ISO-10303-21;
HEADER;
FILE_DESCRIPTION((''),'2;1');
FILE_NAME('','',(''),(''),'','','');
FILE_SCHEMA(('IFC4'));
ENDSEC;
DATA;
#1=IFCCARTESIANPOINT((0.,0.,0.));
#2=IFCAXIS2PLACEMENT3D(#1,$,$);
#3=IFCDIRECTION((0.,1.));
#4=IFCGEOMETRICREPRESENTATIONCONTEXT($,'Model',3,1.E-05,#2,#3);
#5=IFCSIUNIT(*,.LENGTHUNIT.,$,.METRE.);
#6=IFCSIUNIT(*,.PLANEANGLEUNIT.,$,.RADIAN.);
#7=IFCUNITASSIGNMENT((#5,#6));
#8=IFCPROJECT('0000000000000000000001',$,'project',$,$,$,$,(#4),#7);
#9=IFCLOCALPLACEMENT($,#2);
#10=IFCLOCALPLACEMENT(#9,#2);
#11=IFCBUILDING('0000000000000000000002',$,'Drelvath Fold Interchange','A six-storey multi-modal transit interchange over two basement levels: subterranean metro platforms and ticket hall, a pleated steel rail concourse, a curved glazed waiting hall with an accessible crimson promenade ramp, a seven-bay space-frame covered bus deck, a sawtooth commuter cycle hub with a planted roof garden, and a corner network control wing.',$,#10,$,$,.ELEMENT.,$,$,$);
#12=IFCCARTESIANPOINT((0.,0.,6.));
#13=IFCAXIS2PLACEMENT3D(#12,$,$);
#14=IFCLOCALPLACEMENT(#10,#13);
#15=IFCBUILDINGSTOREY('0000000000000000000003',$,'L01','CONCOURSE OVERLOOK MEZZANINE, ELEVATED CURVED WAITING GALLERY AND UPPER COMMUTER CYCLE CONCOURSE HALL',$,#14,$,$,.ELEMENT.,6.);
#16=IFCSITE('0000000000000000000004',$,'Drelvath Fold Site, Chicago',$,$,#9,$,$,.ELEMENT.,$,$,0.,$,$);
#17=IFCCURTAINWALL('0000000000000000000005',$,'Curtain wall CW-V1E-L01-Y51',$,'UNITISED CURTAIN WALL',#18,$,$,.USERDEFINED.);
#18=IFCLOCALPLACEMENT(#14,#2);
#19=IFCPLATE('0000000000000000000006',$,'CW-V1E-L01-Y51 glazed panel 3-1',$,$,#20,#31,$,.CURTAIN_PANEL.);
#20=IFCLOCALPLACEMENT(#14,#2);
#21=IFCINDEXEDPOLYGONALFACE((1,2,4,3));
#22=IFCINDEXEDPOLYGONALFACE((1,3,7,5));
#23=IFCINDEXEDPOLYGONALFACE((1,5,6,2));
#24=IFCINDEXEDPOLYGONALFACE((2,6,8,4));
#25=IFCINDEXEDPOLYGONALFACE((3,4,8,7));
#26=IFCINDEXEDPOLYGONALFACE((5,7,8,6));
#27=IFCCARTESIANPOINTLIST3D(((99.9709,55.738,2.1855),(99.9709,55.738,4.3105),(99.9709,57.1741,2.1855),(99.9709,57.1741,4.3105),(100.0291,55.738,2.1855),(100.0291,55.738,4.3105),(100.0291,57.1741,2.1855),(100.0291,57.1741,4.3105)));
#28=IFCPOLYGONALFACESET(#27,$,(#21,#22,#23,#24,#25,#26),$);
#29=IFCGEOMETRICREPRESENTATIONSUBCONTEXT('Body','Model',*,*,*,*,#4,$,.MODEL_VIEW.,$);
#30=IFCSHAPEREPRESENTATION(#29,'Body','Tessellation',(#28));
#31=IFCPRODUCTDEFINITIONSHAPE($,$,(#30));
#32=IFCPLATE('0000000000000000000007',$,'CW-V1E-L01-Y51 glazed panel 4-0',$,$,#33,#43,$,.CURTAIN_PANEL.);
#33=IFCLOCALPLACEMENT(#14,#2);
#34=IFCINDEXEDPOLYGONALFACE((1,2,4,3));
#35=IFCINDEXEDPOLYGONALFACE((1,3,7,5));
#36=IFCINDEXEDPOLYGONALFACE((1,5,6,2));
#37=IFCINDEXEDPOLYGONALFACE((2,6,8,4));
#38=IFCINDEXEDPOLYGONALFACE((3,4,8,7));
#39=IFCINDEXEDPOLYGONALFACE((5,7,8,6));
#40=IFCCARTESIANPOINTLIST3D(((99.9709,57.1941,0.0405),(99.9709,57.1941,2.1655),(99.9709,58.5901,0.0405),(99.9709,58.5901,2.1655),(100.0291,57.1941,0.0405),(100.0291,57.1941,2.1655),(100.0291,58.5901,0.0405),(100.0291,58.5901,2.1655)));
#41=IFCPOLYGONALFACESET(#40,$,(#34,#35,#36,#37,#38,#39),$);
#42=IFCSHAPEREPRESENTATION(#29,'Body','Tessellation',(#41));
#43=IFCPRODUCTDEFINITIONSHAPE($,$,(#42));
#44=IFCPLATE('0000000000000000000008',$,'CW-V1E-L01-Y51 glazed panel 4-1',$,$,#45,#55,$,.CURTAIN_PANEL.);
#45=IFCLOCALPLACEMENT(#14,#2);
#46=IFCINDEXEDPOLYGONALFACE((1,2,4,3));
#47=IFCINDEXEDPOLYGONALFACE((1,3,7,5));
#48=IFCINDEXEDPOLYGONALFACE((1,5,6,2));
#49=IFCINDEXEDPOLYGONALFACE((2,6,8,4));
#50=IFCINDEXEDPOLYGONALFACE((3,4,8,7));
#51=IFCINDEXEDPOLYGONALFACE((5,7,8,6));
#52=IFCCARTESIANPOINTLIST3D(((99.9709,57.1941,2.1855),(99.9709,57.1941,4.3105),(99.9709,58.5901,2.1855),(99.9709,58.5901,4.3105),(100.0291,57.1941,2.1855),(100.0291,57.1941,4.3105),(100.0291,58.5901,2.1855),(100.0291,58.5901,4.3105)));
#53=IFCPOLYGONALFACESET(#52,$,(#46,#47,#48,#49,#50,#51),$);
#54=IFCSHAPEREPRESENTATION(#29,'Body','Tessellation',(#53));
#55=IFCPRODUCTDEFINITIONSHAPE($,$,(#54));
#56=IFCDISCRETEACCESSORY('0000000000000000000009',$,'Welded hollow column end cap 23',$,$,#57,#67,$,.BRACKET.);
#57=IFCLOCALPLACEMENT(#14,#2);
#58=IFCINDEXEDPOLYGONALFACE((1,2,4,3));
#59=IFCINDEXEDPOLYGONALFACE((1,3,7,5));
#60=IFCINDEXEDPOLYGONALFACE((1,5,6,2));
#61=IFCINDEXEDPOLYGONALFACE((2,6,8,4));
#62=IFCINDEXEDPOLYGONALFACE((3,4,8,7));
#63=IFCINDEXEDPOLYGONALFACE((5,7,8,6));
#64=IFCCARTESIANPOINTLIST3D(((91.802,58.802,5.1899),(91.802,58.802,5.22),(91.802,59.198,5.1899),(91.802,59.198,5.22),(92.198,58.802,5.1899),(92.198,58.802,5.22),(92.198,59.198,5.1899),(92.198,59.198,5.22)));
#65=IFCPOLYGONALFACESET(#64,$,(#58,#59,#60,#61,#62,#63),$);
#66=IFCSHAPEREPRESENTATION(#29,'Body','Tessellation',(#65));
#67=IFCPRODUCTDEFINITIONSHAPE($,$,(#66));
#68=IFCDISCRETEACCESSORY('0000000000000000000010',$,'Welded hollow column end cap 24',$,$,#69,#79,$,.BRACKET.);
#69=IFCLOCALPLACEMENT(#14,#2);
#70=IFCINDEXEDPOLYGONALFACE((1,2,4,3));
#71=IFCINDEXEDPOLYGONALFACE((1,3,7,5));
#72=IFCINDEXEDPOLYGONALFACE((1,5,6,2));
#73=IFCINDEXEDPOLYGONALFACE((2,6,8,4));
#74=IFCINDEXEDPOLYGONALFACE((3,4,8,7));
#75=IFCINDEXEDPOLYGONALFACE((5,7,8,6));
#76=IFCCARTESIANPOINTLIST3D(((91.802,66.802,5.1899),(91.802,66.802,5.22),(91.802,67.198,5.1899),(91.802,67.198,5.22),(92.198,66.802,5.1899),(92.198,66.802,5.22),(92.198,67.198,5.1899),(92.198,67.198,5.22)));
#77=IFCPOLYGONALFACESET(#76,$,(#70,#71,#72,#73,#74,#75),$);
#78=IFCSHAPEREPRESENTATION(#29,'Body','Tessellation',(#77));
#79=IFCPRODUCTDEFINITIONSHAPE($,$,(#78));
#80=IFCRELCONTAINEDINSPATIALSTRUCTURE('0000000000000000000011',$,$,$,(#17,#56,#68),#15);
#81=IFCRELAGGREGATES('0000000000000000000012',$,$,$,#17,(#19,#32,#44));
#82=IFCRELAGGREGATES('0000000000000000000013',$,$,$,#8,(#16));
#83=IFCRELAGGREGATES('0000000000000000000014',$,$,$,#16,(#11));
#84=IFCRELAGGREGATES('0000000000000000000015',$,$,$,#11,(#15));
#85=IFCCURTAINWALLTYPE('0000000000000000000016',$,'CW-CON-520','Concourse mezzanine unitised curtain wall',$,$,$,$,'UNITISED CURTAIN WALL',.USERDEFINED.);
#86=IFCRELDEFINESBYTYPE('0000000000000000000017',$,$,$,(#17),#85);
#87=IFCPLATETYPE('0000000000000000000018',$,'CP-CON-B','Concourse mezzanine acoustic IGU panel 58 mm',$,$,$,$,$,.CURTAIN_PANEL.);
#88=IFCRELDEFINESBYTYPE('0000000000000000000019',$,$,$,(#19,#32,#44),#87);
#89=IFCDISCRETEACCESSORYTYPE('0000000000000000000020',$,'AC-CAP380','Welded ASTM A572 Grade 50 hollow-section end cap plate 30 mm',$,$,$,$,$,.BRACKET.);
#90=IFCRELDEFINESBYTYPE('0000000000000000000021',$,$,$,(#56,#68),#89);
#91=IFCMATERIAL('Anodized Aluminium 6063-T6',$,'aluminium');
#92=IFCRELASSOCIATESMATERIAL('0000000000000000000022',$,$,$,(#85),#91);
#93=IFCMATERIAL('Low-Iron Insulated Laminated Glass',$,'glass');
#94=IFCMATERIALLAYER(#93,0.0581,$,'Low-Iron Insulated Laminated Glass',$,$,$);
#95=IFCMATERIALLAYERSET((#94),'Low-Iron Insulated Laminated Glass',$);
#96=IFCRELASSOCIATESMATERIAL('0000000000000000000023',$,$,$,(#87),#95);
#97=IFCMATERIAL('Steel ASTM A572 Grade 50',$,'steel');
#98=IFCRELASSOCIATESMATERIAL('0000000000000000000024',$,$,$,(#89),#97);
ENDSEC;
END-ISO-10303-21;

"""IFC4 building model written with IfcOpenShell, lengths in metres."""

from ifc_helpers import new_model, si_unit, direction, frame, origin, origin_2d, place, context, subcontext, project, spatial, rectangle, extrude, material, layer, layer_set, type_object, element, aggregate, save


model = new_model("IFC4")

# Units and contexts
model_context = context("Model", 3, precision=1e-05, world=origin(), true_north=direction((0.0, 1.0)))
body_context = subcontext(model_context, "Body", "Model", "MODEL_VIEW")
ifc_project = project(units=[si_unit("LENGTHUNIT", "METRE"), si_unit("PLANEANGLEUNIT", "RADIAN")], contexts=[model_context])

# Site, building, storey
site_placement = place(None, origin())
site = spatial("IfcSite", under=ifc_project, at=site_placement, Name="Drelvath Fold Site, Chicago", CompositionType="ELEMENT", RefElevation=0.0)
building_placement = place(site_placement, origin())
building = spatial("IfcBuilding", under=site, at=building_placement, Name="Drelvath Fold Interchange", Description="A six-storey multi-modal transit interchange over two basement levels: subterranean metro platforms and ticket hall, a pleated steel rail concourse, a curved glazed waiting hall with an accessible crimson promenade ramp, a seven-bay space-frame covered bus deck, a sawtooth commuter cycle hub with a planted roof garden, and a corner network control wing.", CompositionType="ELEMENT")
storey_placement = place(building_placement, frame((0.0, 0.0, 6.0)))
storey = spatial("IfcBuildingStorey", under=building, at=storey_placement, Name="L01", Description="CONCOURSE OVERLOOK MEZZANINE, ELEVATED CURVED WAITING GALLERY AND UPPER COMMUTER CYCLE CONCOURSE HALL", CompositionType="ELEMENT", Elevation=6.0)

# Curtain wall, plates
ifc_material_1 = material(Name="Anodized Aluminium 6063-T6", Category="aluminium")
curtain_wall_type = type_object("IfcCurtainWallType", Name="CW-CON-520", Description="Concourse mezzanine unitised curtain wall", ElementType="UNITISED CURTAIN WALL", PredefinedType="USERDEFINED", material=ifc_material_1)
curtain_wall_placement = place(storey_placement, origin())
curtain_wall = element("IfcCurtainWall", 1, at=curtain_wall_placement, inside=storey, type_object=curtain_wall_type, Name="Curtain wall CW-V1E-L01-Y51", ObjectType="UNITISED CURTAIN WALL", PredefinedType="USERDEFINED")
ifc_material_2 = material(Name="Low-Iron Insulated Laminated Glass", Category="glass")
ifc_layer = layer(ifc_material_2, 0.0581, Name="Low-Iron Insulated Laminated Glass")
ifc_layer_set = layer_set([ifc_layer], Name="Low-Iron Insulated Laminated Glass")
plate_type = type_object("IfcPlateType", Name="CP-CON-B", Description="Concourse mezzanine acoustic IGU panel 58 mm", PredefinedType="CURTAIN_PANEL", material=ifc_layer_set)
plate_1_placement = place(storey_placement, frame((100.0, 56.4561, 2.1855), z_axis=(0.0, 0.0, 1.0), x_axis=(0.0, 1.0, 0.0)))
plate_1 = element("IfcPlate", 2, at=plate_1_placement, type_object=plate_type, Name="CW-V1E-L01-Y51 glazed panel 3-1", PredefinedType="CURTAIN_PANEL", context=body_context, shape_type="SweptSolid", body=[
    extrude(rectangle(XDim=1.436, YDim=0.0581, at=origin_2d()), origin(), (0.0, 0.0, 1.0), 2.125),
])
plate_2_placement = place(storey_placement, frame((100.0, 57.8921, 0.0405), z_axis=(0.0, 0.0, 1.0), x_axis=(0.0, 1.0, 0.0)))
plate_2 = element("IfcPlate", 3, at=plate_2_placement, type_object=plate_type, Name="CW-V1E-L01-Y51 glazed panel 4-0", PredefinedType="CURTAIN_PANEL", context=body_context, shape_type="SweptSolid", body=[
    extrude(rectangle(XDim=1.396, YDim=0.0581, at=origin_2d()), origin(), (0.0, 0.0, 1.0), 2.125),
])
plate_3_placement = place(storey_placement, frame((100.0, 57.8921, 2.1855), z_axis=(0.0, 0.0, 1.0), x_axis=(0.0, 1.0, 0.0)))
plate_3 = element("IfcPlate", 4, at=plate_3_placement, type_object=plate_type, Name="CW-V1E-L01-Y51 glazed panel 4-1", PredefinedType="CURTAIN_PANEL", context=body_context, shape_type="SweptSolid", body=[
    extrude(rectangle(XDim=1.396, YDim=0.0581, at=origin_2d()), origin(), (0.0, 0.0, 1.0), 2.125),
])
aggregate(curtain_wall, [plate_1, plate_2, plate_3])

# Discrete accessories
ifc_material_3 = material(Name="Steel ASTM A572 Grade 50", Category="steel")
discrete_accessory_type = type_object("IfcDiscreteAccessoryType", Name="AC-CAP380", Description="Welded ASTM A572 Grade 50 hollow-section end cap plate 30 mm", PredefinedType="BRACKET", material=ifc_material_3)
for number, where, z_axis, x_axis, name in (
    (5, (92.0, 59.0, 5.1899), (0.0, 0.0, 1.0), (1.0, 0.0, 0.0), "Welded hollow column end cap 23"),
    (6, (92.0, 67.0, 5.1899), (0.0, 0.0, 1.0), (1.0, 0.0, 0.0), "Welded hollow column end cap 24"),
):
    element("IfcDiscreteAccessory", number, at=place(storey_placement, frame(where, z_axis=z_axis, x_axis=x_axis)), inside=storey, type_object=discrete_accessory_type, Name=name, PredefinedType="BRACKET", context=body_context, shape_type="SweptSolid", body=[
        extrude(rectangle(XDim=0.396, YDim=0.396, at=origin_2d()), origin(), (0.0, 0.0, 1.0), 0.03),
    ])

save(model, "model.ifc")
